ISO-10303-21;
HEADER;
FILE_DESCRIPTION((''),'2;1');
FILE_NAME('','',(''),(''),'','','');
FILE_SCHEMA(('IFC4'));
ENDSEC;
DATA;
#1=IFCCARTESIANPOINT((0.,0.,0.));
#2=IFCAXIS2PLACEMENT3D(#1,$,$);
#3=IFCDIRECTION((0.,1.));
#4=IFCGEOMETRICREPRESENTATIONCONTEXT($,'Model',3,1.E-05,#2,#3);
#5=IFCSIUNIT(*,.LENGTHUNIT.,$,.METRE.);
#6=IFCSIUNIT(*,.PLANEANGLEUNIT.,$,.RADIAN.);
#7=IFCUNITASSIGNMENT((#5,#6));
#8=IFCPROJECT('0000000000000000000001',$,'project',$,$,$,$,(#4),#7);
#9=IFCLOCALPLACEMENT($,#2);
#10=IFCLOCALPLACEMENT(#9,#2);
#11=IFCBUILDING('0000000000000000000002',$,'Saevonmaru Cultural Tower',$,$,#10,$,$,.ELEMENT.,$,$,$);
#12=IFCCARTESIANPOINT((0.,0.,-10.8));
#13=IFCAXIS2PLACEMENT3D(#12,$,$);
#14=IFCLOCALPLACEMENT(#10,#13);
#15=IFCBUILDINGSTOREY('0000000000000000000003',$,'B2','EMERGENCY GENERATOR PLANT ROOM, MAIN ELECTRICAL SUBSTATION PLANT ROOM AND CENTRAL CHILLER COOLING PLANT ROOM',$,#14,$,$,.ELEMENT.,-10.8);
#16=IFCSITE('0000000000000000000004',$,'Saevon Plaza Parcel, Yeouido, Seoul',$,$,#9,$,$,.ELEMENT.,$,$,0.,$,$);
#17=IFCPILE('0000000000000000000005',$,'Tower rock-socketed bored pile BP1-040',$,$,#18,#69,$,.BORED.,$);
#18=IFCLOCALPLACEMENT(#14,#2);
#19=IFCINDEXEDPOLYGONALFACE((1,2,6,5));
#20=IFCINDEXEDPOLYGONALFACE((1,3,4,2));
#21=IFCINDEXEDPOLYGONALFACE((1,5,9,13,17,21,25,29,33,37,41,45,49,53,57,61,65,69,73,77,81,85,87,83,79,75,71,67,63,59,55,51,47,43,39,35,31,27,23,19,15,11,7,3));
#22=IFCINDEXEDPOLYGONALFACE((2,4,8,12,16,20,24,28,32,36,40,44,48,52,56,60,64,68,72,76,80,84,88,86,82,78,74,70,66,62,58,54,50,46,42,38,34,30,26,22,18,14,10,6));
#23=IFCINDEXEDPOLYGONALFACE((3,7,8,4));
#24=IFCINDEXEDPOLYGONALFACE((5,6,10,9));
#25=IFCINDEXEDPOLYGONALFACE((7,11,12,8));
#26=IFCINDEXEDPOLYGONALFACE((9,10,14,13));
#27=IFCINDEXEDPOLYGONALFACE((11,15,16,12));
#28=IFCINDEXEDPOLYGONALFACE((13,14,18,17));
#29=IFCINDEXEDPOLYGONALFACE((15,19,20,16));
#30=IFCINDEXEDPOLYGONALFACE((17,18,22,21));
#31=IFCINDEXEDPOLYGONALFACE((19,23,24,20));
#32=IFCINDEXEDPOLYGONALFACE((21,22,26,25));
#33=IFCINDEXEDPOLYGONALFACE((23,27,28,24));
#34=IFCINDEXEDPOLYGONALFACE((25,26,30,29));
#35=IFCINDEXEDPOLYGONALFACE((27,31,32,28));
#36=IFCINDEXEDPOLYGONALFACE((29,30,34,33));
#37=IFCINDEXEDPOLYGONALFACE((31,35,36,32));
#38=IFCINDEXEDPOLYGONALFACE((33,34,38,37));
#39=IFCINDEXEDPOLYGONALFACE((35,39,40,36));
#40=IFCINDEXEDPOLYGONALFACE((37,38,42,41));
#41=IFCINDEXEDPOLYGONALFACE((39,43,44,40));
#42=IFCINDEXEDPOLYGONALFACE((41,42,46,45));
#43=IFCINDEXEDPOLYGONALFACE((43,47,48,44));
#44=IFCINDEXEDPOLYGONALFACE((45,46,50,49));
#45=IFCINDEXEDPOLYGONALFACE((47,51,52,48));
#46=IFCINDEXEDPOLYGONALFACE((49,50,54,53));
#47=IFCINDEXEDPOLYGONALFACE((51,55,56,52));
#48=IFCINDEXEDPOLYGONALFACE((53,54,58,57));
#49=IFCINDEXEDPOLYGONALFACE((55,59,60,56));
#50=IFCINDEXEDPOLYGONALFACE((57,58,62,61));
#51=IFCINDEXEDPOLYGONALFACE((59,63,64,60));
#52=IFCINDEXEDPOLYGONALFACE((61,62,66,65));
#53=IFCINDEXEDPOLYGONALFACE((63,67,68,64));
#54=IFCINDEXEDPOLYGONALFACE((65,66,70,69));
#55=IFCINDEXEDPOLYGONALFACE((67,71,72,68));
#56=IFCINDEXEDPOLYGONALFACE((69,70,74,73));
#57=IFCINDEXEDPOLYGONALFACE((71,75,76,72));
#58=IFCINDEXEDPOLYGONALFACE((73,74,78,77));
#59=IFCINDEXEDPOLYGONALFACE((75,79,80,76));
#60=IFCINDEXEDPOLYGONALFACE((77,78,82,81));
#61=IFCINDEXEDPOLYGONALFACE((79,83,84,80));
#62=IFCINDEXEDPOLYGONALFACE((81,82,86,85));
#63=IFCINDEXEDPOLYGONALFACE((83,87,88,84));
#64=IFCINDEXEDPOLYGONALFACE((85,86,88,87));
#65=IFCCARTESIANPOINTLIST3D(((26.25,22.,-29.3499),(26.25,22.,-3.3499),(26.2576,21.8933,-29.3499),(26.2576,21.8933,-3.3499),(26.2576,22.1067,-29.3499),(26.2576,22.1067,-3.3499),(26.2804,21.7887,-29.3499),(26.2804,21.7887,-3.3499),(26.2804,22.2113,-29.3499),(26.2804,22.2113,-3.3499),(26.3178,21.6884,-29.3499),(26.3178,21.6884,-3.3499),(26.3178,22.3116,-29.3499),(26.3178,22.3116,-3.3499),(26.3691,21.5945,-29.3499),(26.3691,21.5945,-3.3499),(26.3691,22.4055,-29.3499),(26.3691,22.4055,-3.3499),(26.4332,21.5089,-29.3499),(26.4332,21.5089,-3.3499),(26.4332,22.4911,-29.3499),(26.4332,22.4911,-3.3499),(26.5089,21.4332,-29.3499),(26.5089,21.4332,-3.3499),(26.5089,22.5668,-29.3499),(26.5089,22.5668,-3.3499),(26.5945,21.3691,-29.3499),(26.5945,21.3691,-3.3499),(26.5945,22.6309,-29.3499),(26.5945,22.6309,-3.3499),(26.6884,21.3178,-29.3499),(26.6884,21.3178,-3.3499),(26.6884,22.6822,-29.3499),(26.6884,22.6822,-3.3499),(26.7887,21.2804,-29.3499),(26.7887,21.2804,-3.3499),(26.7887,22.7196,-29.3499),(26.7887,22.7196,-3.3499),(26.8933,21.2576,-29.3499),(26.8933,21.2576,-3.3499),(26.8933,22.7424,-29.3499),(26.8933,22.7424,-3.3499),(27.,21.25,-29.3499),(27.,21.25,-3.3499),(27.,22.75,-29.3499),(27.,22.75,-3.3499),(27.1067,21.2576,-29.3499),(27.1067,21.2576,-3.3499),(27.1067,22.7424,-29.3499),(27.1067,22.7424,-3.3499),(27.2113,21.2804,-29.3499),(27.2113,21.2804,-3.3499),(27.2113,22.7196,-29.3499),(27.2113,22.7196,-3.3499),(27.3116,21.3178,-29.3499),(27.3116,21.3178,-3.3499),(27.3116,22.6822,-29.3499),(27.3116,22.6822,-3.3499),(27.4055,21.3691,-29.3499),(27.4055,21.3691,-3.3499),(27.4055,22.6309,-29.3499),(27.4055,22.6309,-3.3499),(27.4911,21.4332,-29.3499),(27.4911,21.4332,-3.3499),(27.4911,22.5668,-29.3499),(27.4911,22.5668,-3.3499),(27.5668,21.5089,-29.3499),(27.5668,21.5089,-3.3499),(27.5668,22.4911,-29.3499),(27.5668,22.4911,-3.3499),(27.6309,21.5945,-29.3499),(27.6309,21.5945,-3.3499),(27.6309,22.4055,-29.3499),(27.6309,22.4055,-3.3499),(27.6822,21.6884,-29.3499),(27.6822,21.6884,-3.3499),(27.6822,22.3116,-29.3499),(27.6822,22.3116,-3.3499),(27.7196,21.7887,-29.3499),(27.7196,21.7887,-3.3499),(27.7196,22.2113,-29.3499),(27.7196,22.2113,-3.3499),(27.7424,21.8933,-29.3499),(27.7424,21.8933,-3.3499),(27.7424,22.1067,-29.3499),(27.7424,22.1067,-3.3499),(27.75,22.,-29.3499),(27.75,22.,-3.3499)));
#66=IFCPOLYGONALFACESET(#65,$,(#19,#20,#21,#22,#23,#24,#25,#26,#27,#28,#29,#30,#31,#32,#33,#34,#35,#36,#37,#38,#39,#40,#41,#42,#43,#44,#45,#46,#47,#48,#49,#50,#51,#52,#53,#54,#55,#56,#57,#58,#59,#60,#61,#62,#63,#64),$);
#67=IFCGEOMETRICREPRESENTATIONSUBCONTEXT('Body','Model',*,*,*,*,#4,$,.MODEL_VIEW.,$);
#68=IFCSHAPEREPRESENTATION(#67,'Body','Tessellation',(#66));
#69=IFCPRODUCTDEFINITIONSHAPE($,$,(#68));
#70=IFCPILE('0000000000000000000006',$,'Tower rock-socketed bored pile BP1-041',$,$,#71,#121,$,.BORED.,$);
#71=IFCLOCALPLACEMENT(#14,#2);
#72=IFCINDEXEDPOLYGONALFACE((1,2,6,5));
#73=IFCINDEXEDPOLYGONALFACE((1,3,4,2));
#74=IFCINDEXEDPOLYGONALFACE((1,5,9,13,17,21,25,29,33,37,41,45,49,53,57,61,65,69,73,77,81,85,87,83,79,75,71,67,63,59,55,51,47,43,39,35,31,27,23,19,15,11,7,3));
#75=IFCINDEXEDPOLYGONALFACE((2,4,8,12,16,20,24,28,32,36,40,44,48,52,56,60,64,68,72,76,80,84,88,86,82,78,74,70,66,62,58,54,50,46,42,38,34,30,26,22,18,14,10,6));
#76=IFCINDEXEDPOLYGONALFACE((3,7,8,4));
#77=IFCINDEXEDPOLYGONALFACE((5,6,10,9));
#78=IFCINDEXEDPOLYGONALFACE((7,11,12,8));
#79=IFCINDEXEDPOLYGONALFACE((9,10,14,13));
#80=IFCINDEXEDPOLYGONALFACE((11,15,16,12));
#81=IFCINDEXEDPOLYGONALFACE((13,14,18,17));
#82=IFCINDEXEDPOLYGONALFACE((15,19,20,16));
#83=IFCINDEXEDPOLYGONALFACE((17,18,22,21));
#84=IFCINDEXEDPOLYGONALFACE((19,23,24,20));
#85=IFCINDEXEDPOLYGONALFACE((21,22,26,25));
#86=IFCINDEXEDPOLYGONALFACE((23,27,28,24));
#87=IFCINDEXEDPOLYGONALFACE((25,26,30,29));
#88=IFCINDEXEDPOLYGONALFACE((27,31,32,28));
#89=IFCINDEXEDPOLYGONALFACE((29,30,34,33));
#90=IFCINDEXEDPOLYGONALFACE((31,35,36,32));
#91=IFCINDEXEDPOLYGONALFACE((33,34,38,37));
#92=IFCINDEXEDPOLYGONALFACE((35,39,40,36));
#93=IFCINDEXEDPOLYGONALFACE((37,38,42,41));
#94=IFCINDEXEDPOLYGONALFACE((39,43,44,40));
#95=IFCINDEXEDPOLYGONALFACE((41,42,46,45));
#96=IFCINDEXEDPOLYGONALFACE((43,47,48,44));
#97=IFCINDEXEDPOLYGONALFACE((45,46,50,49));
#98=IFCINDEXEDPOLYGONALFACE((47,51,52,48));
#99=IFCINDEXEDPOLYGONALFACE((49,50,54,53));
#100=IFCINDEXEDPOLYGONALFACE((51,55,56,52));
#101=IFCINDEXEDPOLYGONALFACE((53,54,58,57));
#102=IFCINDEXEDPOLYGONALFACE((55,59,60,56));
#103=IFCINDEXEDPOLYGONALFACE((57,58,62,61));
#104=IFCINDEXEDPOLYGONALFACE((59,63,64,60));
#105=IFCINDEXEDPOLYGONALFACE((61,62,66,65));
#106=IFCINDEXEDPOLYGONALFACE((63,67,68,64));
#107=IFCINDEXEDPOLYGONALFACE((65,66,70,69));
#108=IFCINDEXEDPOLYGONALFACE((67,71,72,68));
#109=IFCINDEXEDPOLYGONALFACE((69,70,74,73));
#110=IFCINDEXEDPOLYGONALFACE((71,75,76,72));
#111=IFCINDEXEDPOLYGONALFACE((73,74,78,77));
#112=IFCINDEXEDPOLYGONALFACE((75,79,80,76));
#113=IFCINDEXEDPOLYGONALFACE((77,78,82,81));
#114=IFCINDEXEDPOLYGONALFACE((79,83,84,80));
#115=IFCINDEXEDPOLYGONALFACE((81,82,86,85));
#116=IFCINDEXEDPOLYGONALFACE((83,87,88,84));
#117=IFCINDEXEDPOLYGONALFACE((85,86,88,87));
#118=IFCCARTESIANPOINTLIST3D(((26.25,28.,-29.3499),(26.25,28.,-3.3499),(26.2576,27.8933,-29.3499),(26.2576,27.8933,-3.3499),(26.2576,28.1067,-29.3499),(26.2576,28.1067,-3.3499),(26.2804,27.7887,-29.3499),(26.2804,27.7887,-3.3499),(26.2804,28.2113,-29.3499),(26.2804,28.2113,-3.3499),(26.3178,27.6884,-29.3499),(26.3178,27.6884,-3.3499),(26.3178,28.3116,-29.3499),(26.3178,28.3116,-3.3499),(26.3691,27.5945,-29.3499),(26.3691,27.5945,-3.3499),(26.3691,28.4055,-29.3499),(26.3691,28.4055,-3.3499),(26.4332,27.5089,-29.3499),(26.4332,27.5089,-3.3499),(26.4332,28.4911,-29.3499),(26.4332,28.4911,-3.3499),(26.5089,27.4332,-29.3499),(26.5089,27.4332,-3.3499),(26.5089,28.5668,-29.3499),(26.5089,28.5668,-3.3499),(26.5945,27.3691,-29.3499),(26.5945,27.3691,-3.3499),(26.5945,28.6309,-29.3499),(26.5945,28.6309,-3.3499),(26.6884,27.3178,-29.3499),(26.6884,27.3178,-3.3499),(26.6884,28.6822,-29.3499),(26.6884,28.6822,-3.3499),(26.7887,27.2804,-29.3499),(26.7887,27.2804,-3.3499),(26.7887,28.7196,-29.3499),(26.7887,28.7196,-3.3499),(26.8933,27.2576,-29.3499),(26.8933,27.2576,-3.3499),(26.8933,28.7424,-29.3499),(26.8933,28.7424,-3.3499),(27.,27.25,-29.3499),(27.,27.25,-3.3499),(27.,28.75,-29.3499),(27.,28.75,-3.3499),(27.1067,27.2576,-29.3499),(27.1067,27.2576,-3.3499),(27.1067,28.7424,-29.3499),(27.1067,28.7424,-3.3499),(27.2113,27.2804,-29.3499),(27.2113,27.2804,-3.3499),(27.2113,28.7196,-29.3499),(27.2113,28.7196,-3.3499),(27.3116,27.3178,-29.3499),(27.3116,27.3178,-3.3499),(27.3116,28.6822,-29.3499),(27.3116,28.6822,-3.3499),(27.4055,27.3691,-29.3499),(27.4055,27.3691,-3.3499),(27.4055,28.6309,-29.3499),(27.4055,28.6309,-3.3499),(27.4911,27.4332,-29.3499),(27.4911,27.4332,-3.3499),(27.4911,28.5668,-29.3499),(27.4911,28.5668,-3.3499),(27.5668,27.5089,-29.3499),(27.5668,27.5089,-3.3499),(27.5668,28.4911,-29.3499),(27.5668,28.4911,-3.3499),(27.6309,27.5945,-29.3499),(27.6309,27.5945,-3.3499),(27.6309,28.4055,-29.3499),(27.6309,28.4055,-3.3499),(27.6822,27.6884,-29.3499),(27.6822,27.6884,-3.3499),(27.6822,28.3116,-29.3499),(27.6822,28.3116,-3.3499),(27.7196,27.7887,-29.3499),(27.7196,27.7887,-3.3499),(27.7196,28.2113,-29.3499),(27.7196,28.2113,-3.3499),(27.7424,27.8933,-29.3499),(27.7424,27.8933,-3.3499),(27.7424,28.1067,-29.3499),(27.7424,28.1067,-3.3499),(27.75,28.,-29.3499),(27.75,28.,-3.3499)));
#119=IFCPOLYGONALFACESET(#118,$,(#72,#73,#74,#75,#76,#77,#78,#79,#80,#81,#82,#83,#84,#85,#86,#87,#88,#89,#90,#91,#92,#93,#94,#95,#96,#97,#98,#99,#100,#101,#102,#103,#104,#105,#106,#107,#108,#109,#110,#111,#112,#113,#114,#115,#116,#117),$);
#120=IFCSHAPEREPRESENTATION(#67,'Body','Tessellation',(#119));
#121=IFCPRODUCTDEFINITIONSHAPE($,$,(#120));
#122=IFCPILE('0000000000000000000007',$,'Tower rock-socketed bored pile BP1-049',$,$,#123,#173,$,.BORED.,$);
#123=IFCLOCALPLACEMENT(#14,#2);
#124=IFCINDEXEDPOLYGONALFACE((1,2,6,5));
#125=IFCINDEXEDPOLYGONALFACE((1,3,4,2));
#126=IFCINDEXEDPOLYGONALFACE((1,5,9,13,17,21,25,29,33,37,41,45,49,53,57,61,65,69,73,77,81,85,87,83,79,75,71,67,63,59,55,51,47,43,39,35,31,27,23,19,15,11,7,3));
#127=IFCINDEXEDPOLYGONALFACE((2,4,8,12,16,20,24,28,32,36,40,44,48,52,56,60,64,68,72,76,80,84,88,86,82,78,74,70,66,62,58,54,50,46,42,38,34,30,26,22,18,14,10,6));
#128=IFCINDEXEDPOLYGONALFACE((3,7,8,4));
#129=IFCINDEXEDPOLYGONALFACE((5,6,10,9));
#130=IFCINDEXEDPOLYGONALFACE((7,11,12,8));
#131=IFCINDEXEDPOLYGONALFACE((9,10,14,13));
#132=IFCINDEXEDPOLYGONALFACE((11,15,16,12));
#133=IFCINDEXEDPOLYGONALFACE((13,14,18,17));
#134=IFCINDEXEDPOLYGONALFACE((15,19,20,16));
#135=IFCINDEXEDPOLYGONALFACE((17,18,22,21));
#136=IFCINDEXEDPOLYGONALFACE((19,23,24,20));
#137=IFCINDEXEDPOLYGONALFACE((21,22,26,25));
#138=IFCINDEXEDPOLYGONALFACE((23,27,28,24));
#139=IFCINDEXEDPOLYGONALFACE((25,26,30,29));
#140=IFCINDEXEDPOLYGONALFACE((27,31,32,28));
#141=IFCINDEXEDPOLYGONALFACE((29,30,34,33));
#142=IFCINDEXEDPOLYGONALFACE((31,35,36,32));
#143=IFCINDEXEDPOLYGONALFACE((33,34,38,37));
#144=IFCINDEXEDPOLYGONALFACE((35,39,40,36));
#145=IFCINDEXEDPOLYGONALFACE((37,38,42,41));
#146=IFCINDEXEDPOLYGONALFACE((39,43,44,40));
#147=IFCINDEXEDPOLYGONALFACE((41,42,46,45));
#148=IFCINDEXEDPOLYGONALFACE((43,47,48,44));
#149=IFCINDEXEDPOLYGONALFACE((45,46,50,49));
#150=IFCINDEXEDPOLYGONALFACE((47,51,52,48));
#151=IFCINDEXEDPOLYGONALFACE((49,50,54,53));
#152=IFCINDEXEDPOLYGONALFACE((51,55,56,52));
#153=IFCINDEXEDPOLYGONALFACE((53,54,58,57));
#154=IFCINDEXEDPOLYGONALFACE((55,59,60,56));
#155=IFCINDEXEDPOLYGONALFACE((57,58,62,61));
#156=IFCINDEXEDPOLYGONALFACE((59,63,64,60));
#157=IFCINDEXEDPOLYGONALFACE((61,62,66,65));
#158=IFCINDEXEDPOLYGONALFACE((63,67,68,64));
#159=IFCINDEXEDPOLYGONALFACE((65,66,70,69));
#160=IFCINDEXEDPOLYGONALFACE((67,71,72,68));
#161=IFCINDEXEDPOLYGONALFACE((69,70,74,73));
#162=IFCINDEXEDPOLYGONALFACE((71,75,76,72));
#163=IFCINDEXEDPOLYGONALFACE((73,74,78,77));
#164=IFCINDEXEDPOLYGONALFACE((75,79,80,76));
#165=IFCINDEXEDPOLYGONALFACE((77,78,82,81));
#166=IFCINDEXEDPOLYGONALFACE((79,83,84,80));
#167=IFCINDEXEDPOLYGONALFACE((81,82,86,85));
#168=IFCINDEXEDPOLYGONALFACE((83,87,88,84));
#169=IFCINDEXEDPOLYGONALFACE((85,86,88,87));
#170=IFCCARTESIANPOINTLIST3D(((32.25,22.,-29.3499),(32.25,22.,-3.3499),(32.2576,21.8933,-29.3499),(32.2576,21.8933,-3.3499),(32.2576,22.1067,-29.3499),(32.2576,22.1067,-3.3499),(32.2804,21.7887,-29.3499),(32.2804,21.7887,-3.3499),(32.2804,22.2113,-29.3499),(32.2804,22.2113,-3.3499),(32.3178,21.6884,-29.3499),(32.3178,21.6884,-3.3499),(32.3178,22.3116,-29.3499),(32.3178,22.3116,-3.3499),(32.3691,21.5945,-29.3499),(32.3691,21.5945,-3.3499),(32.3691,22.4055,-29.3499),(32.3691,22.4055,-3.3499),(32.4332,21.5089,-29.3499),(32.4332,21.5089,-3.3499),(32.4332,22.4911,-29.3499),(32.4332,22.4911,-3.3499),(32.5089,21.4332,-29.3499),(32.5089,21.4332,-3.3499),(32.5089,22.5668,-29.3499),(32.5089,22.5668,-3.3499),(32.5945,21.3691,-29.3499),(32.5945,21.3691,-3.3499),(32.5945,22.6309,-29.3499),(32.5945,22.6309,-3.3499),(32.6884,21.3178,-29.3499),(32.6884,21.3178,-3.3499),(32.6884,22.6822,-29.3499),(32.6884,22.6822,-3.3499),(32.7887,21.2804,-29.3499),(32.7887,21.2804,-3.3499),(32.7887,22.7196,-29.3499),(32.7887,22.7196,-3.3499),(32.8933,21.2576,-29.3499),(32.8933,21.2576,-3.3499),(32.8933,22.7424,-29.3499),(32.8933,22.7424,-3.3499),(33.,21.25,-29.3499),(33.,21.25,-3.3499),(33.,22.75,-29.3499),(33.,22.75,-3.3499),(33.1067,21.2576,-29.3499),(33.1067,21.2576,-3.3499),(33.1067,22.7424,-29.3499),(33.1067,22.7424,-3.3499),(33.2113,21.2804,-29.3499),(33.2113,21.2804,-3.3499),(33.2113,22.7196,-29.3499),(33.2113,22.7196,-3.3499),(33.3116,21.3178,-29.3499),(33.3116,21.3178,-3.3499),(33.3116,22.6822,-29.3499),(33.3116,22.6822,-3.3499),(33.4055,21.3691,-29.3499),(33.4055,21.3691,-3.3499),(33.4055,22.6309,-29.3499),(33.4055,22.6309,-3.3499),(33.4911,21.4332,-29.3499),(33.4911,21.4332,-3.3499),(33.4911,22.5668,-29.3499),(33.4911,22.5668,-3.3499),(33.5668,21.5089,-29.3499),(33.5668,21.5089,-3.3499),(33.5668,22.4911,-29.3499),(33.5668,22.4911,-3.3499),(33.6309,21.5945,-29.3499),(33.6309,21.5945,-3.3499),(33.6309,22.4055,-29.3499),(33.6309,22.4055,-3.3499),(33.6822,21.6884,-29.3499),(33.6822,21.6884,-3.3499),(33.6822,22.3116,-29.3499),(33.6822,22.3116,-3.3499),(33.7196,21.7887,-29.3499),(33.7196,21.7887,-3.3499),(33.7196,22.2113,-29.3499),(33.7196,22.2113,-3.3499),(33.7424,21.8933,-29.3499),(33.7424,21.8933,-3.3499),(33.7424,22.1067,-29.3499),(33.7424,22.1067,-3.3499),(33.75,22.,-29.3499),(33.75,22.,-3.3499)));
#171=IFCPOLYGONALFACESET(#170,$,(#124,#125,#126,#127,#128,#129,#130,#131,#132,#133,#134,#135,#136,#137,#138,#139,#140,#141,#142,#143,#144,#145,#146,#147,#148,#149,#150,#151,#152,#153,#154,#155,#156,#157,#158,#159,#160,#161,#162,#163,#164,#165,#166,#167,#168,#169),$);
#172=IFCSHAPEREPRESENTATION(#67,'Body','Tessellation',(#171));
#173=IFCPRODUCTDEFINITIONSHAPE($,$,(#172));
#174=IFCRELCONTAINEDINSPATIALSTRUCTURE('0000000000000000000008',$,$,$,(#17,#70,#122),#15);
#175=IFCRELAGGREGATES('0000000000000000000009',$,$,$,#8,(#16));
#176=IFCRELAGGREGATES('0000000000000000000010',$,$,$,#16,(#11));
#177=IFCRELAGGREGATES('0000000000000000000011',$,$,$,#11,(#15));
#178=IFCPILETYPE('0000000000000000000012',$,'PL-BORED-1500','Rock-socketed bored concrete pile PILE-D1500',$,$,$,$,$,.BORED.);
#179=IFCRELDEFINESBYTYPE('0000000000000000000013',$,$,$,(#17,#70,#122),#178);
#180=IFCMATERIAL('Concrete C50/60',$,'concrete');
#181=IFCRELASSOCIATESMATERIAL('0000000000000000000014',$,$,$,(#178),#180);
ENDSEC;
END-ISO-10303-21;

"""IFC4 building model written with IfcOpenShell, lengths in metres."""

from ifc_helpers import new_model, si_unit, direction, frame, origin, origin_2d, place, context, subcontext, project, spatial, circle, extrude, material, material_profile, profile_set, type_object, element, save


model = new_model("IFC4")

# Units and contexts
model_context = context("Model", 3, precision=1e-05, world=origin(), true_north=direction((0.0, 1.0)))
body_context = subcontext(model_context, "Body", "Model", "MODEL_VIEW")
ifc_project = project(units=[si_unit("LENGTHUNIT", "METRE"), si_unit("PLANEANGLEUNIT", "RADIAN")], contexts=[model_context])

# Site, building, storey
site_placement = place(None, origin())
site = spatial("IfcSite", under=ifc_project, at=site_placement, Name="Saevon Plaza Parcel, Yeouido, Seoul", CompositionType="ELEMENT", RefElevation=0.0)
building_placement = place(site_placement, origin())
building = spatial("IfcBuilding", under=site, at=building_placement, Name="Saevonmaru Cultural Tower", CompositionType="ELEMENT")
storey_placement = place(building_placement, frame((0.0, 0.0, -10.8)))
storey = spatial("IfcBuildingStorey", under=building, at=storey_placement, Name="B2", Description="EMERGENCY GENERATOR PLANT ROOM, MAIN ELECTRICAL SUBSTATION PLANT ROOM AND CENTRAL CHILLER COOLING PLANT ROOM", CompositionType="ELEMENT", Elevation=-10.8)

# Piles
ifc_material_1 = material(Name="Concrete C50/60", Category="concrete")
ifc_material_profile_1 = material_profile(ifc_material_1, circle(Radius=0.75, at=origin_2d()), Name="PILE-D1500")
ifc_profile_set_1 = profile_set([ifc_material_profile_1], Name="Concrete C50/60")
pile_type = type_object("IfcPileType", Name="PL-BORED-1500", Description="Rock-socketed bored concrete pile PILE-D1500", PredefinedType="BORED", material=ifc_profile_set_1)
for number, where, z_axis, x_axis, name in (
    (1, (27.0, 22.0, -3.3499), (0.0, 0.0, -1.0), (1.0, 0.0, 0.0), "Tower rock-socketed bored pile BP1-040"),
    (2, (27.0, 28.0, -3.3499), (0.0, 0.0, -1.0), (1.0, 0.0, 0.0), "Tower rock-socketed bored pile BP1-041"),
    (3, (33.0, 22.0, -3.3499), (0.0, 0.0, -1.0), (1.0, 0.0, 0.0), "Tower rock-socketed bored pile BP1-049"),
):
    element("IfcPile", number, at=place(storey_placement, frame(where, z_axis=z_axis, x_axis=x_axis)), inside=storey, type_object=pile_type, Name=name, PredefinedType="BORED", context=body_context, shape_type="SweptSolid", body=[
        extrude(circle(Radius=0.75, at=origin_2d()), origin(), (0.0, 0.0, 1.0), 26.0),
    ])

save(model, "model.ifc")
